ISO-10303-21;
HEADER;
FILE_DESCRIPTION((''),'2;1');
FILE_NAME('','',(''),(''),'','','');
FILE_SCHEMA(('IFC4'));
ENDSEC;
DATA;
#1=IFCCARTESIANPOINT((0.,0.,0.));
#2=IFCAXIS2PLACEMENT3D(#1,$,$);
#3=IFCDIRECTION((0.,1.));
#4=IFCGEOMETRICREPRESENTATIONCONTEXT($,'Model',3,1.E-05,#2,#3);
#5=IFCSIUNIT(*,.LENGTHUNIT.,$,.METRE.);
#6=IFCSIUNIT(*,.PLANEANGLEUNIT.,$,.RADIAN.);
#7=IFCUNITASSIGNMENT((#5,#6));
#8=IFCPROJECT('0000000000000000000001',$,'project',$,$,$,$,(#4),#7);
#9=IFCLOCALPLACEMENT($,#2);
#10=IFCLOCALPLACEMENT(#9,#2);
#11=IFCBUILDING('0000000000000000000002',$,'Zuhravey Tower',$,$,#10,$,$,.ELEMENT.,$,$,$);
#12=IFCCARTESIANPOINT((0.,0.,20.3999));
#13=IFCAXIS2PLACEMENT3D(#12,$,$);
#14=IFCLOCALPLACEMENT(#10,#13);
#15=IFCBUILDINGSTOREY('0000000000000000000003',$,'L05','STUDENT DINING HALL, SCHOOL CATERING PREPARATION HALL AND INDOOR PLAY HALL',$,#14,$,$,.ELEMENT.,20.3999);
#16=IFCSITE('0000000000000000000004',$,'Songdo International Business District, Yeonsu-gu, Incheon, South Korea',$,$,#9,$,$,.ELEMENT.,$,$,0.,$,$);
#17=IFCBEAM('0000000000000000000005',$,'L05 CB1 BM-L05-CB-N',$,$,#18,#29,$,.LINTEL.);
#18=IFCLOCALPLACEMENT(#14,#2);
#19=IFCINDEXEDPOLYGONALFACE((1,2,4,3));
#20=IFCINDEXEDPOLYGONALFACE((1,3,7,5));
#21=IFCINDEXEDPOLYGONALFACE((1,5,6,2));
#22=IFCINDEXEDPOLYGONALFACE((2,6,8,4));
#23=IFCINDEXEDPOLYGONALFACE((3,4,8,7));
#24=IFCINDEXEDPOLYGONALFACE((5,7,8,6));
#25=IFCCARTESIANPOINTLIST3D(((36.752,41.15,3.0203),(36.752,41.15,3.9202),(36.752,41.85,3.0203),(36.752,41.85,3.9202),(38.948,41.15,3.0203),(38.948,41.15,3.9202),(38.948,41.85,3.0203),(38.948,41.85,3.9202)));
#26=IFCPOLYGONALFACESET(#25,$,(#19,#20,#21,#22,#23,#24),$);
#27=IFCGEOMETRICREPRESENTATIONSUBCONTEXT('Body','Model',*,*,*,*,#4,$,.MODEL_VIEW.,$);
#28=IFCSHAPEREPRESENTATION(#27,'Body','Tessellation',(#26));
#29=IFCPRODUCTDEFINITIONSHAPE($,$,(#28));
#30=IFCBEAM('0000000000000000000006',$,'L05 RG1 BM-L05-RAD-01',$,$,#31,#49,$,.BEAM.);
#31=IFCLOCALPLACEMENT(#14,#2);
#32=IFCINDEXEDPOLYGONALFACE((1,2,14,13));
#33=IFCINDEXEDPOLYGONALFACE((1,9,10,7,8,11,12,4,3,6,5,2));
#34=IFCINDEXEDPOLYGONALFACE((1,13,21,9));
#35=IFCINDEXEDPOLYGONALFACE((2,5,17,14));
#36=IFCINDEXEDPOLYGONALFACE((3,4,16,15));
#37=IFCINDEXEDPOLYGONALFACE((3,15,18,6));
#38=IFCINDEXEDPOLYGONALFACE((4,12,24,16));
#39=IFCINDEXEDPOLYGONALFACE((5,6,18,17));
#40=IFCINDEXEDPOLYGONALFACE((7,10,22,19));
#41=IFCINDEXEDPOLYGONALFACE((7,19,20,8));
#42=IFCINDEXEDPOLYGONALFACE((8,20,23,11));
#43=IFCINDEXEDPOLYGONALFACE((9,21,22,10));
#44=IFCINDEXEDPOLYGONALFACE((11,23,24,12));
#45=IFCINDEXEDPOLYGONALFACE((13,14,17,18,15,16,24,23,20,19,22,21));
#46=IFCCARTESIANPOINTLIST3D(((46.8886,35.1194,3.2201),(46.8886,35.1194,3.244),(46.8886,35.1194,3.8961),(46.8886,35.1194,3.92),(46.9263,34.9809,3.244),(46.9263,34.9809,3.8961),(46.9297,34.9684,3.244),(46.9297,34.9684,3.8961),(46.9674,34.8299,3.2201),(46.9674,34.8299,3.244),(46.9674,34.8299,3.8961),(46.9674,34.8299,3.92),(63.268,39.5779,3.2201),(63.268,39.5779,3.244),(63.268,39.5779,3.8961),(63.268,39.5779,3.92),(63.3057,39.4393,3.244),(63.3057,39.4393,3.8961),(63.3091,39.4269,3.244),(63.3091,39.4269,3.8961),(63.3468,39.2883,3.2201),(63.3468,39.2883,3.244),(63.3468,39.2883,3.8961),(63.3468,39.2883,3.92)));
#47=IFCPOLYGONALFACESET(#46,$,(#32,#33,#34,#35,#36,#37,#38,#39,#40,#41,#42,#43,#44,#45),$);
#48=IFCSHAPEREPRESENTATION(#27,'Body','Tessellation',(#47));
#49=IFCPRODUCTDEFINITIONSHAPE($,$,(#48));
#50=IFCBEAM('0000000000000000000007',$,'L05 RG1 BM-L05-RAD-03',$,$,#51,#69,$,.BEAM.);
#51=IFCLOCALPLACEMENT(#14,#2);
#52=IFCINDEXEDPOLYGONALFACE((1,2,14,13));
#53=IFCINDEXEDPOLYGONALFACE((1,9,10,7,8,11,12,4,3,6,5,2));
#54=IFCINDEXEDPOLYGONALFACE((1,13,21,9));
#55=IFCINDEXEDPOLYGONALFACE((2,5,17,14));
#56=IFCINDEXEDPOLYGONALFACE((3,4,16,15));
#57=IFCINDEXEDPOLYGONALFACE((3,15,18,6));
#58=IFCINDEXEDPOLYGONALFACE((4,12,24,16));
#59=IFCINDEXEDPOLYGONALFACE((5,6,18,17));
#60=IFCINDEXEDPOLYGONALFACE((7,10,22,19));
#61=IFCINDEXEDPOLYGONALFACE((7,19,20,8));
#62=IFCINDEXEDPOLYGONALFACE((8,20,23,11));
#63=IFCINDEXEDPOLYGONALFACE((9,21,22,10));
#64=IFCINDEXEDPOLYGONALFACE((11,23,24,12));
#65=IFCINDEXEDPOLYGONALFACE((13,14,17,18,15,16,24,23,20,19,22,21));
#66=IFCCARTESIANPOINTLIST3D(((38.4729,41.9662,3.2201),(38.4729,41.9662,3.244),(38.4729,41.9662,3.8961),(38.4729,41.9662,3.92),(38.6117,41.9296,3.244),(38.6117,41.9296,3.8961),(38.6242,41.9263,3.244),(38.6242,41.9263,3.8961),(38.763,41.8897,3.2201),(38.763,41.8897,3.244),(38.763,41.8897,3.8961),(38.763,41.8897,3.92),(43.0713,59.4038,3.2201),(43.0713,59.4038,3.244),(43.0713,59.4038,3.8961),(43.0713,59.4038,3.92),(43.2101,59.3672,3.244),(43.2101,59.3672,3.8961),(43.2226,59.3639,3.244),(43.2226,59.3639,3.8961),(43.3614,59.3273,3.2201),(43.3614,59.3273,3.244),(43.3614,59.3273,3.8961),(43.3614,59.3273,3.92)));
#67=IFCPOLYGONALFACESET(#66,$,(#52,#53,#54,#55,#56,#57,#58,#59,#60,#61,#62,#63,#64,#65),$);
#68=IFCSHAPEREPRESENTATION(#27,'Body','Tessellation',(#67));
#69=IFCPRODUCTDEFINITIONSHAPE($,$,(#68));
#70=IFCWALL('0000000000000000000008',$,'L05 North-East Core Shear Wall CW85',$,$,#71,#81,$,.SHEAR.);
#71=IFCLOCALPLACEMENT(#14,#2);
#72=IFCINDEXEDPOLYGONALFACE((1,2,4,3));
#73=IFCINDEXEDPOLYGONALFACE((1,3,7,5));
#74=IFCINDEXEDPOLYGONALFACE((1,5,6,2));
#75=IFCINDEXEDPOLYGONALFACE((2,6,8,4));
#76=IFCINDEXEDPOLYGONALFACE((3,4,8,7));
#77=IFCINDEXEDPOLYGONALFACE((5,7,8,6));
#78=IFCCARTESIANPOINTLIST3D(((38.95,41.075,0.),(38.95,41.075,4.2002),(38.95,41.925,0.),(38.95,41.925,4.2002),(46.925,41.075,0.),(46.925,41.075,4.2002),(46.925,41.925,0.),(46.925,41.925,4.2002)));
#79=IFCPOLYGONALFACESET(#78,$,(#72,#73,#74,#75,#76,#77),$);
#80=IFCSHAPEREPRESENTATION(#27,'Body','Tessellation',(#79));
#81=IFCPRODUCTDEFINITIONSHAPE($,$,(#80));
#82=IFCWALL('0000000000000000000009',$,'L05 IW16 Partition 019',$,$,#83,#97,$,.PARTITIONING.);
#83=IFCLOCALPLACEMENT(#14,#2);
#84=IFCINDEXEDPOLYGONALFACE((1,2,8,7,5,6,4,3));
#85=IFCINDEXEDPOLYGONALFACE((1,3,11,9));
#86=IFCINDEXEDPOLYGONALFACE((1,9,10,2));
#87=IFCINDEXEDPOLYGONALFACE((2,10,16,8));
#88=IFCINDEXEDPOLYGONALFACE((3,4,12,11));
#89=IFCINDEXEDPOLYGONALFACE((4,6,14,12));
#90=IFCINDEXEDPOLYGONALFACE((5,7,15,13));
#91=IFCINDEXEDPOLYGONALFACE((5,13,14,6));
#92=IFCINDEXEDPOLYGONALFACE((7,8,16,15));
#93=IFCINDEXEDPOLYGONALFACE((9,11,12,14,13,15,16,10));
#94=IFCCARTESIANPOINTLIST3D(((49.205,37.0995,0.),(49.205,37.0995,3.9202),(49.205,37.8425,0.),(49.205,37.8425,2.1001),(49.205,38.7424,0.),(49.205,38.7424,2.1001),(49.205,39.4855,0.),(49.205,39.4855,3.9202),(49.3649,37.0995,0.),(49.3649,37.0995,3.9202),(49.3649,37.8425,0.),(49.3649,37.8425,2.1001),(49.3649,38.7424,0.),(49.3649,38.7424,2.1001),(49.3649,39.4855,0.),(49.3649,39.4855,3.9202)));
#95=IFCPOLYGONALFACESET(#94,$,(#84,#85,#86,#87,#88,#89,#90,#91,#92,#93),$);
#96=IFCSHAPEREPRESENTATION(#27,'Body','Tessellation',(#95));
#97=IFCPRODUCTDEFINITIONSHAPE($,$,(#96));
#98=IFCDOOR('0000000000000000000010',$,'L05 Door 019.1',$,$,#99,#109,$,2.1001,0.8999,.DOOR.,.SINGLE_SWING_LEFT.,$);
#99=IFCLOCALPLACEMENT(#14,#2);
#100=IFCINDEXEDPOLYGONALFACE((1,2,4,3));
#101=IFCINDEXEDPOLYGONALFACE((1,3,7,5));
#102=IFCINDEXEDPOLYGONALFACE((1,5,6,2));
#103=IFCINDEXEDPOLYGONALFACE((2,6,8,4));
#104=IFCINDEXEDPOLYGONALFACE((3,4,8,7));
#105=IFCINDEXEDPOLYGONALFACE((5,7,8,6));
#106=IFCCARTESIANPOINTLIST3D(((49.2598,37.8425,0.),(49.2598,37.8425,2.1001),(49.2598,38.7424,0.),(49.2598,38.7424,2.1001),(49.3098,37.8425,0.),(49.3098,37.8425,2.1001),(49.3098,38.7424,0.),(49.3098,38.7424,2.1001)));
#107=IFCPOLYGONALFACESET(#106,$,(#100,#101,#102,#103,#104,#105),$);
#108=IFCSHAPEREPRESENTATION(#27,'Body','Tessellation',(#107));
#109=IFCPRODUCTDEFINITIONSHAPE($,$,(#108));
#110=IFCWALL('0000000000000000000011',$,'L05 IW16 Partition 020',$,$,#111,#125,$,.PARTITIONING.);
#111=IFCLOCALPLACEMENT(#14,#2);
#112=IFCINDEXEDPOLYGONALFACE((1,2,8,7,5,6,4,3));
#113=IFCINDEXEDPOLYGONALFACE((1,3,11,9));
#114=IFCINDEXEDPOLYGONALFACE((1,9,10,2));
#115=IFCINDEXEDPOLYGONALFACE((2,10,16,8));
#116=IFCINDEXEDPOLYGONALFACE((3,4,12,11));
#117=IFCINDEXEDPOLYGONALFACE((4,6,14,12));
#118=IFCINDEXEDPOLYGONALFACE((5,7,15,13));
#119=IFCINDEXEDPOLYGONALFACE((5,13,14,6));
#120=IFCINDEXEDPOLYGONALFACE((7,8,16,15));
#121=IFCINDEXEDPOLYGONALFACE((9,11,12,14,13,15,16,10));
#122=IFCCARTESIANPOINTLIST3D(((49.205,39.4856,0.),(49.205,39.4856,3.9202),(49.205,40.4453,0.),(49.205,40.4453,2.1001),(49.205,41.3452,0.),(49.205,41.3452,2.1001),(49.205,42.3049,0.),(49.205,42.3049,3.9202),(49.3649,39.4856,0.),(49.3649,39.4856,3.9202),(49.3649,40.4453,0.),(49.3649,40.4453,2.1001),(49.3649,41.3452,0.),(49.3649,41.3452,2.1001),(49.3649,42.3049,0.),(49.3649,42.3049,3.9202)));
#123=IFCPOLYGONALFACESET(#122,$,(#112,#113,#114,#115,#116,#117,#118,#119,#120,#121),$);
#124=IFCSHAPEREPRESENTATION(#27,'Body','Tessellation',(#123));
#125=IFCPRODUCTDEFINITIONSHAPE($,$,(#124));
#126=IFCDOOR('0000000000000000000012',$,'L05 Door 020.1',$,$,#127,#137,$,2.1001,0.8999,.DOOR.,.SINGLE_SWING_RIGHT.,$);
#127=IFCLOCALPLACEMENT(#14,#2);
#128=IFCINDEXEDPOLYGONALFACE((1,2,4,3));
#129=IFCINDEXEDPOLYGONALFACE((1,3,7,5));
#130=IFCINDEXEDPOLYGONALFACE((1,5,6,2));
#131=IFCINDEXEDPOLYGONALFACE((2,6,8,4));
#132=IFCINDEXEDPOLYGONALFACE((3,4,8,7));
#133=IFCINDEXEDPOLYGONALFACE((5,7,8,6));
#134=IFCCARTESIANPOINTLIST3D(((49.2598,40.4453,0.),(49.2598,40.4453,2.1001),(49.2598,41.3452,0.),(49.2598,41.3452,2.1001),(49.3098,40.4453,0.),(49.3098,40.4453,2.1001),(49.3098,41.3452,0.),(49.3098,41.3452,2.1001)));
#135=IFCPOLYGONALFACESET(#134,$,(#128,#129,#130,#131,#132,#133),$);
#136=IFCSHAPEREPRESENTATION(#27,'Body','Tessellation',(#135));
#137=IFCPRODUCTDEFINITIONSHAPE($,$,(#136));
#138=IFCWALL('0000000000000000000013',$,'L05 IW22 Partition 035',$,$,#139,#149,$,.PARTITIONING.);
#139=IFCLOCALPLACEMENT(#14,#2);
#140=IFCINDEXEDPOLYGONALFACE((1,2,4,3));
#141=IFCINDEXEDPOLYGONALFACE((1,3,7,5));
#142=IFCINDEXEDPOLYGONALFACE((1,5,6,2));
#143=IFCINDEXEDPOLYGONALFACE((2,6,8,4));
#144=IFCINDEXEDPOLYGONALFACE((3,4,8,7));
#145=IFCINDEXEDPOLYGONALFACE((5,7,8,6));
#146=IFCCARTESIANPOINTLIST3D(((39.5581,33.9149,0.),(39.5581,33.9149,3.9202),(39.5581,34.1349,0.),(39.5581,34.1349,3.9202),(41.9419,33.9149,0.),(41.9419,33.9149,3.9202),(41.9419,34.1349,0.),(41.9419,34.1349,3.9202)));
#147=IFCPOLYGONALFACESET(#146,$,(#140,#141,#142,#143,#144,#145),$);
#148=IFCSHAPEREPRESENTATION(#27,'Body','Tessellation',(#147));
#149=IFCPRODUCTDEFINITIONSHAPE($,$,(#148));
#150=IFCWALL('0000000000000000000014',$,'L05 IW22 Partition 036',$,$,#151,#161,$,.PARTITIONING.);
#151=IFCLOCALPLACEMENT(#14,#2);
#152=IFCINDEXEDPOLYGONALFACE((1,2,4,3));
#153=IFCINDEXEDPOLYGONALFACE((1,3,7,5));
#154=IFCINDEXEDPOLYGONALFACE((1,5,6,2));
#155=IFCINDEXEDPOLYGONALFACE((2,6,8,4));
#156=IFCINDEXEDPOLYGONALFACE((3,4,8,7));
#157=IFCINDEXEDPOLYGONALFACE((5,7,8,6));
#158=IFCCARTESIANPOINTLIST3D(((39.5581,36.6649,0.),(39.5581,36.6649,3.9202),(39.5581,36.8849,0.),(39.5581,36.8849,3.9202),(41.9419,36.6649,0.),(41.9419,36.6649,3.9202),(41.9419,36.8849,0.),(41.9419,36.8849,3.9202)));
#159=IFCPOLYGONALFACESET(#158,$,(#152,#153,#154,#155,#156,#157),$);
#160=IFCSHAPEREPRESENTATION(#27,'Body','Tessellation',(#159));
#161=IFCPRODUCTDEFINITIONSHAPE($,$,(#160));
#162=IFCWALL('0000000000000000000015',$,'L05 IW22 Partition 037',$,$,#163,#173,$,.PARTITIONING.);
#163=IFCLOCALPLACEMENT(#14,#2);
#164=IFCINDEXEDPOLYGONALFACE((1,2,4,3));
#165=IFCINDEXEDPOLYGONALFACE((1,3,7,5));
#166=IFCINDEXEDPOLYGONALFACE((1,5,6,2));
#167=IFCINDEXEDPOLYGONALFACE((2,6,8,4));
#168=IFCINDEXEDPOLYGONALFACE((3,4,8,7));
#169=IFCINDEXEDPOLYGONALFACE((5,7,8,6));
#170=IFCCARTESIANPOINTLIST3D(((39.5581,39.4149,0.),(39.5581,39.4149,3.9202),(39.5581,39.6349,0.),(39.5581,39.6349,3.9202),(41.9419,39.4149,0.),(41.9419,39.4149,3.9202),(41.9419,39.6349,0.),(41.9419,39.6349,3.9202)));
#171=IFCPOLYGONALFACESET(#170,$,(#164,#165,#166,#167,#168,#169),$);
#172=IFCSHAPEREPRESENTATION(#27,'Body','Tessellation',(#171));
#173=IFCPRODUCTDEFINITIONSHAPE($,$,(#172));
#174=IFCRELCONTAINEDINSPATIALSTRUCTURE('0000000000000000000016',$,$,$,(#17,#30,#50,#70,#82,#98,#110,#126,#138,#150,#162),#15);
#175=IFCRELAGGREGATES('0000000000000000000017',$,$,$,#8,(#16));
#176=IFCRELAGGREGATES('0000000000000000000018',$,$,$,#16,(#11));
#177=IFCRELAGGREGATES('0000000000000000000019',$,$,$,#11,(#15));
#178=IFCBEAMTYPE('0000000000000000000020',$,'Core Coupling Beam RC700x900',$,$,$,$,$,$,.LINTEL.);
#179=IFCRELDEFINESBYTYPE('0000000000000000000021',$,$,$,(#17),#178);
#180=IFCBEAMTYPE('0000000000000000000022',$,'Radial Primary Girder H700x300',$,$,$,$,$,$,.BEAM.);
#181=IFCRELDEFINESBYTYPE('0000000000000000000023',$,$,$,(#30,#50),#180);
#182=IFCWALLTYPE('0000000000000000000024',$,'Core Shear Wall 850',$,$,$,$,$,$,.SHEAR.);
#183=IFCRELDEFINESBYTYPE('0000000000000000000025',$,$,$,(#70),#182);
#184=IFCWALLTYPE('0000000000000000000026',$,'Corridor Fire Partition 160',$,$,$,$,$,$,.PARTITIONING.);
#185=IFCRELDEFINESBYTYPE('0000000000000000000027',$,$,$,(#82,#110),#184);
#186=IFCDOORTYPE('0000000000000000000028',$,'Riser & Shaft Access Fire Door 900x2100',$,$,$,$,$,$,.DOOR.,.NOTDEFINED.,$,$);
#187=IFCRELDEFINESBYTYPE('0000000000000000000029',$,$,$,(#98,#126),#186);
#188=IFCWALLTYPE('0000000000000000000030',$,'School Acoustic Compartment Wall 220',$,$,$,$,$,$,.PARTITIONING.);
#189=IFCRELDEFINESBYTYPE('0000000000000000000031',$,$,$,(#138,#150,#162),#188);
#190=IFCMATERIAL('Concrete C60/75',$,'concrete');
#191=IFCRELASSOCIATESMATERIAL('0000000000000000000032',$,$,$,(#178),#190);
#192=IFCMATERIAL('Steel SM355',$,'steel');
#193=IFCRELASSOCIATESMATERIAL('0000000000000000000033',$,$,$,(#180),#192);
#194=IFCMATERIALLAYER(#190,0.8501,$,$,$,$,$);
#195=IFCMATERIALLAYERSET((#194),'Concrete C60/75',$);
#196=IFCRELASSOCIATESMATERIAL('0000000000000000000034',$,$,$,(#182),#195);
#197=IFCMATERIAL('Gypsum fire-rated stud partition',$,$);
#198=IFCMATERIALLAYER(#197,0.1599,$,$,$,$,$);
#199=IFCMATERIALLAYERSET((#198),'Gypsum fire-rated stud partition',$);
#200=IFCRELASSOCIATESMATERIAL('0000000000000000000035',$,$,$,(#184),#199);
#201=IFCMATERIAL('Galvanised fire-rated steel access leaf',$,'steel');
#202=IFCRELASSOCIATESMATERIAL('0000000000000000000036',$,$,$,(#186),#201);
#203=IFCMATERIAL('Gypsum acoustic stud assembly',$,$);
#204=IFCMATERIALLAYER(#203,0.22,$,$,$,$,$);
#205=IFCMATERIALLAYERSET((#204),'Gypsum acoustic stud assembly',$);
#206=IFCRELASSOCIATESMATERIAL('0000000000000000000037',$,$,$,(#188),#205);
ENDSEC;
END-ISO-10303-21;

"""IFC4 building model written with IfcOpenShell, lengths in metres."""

from ifc_helpers import new_model, si_unit, direction, frame, frame_2d, origin, origin_2d, place, context, subcontext, project, spatial, rectangle, i_section, extrude, material, layer, layer_set, material_profile, profile_set, type_object, element, fill, save


model = new_model("IFC4")

# Units and contexts
model_context = context("Model", 3, precision=1e-05, world=origin(), true_north=direction((0.0, 1.0)))
body_context = subcontext(model_context, "Body", "Model", "MODEL_VIEW")
ifc_project = project(units=[si_unit("LENGTHUNIT", "METRE"), si_unit("PLANEANGLEUNIT", "RADIAN")], contexts=[model_context])

# Site, building, storey
site_placement = place(None, origin())
site = spatial("IfcSite", under=ifc_project, at=site_placement, Name="Songdo International Business District, Yeonsu-gu, Incheon, South Korea", CompositionType="ELEMENT", RefElevation=0.0)
building_placement = place(site_placement, origin())
building = spatial("IfcBuilding", under=site, at=building_placement, Name="Zuhravey Tower", CompositionType="ELEMENT")
storey_placement = place(building_placement, frame((0.0, 0.0, 20.3999)))
storey = spatial("IfcBuildingStorey", under=building, at=storey_placement, Name="L05", Description="STUDENT DINING HALL, SCHOOL CATERING PREPARATION HALL AND INDOOR PLAY HALL", CompositionType="ELEMENT", Elevation=20.3999)

# Beams
ifc_material_1 = material(Name="Concrete C60/75", Category="concrete")
ifc_material_profile_1 = material_profile(ifc_material_1, rectangle(XDim=0.7, YDim=0.8999, at=origin_2d()), Name="RC-700x900")
ifc_profile_set_1 = profile_set([ifc_material_profile_1], Name="Concrete C60/75")
beam_type_1 = type_object("IfcBeamType", Name="Core Coupling Beam RC700x900", PredefinedType="LINTEL", material=ifc_profile_set_1)
beam_1_placement = place(storey_placement, frame((36.752, 41.5, 3.4702), z_axis=(1.0, 0.0, 0.0), x_axis=(0.0, 1.0, 0.0)))
element("IfcBeam", 1, at=beam_1_placement, inside=storey, type_object=beam_type_1, Name="L05 CB1 BM-L05-CB-N", PredefinedType="LINTEL", context=body_context, shape_type="SweptSolid", body=[
    extrude(rectangle(XDim=0.7, YDim=0.8999, at=origin_2d()), origin(), (0.0, 0.0, 1.0), 2.196),
])
ifc_material_2 = material(Name="Steel SM355", Category="steel")
ifc_material_profile_2 = material_profile(ifc_material_2, i_section(OverallWidth=0.3, OverallDepth=0.7, WebThickness=0.0129, FlangeThickness=0.0239, at=origin_2d()), Name="H-700x300x13x24")
ifc_profile_set_2 = profile_set([ifc_material_profile_2], Name="Steel SM355")
beam_type_2 = type_object("IfcBeamType", Name="Radial Primary Girder H700x300", PredefinedType="BEAM", material=ifc_profile_set_2)
beam_2_placement = place(storey_placement, frame((46.928, 34.9746, 3.5701), z_axis=(0.964892, 0.262645, 0.0), x_axis=(-0.262645, 0.964892, 0.0)))
element("IfcBeam", 2, at=beam_2_placement, inside=storey, type_object=beam_type_2, Name="L05 RG1 BM-L05-RAD-01", PredefinedType="BEAM", context=body_context, shape_type="SweptSolid", body=[
    extrude(i_section(OverallWidth=0.3, OverallDepth=0.7, WebThickness=0.0129, FlangeThickness=0.0239, at=origin_2d()), origin(), (0.0, 0.0, 1.0), 16.9753),
])
beam_3_placement = place(storey_placement, frame((38.6179, 41.928, 3.5701), z_axis=(0.25499, 0.966944, 0.0), x_axis=(-0.966944, 0.25499, 0.0)))
element("IfcBeam", 3, at=beam_3_placement, inside=storey, type_object=beam_type_2, Name="L05 RG1 BM-L05-RAD-03", PredefinedType="BEAM", context=body_context, shape_type="SweptSolid", body=[
    extrude(i_section(OverallWidth=0.3, OverallDepth=0.7, WebThickness=0.0129, FlangeThickness=0.0239, at=origin_2d()), origin(), (0.0, 0.0, 1.0), 18.0337),
])

# Wall
ifc_layer_1 = layer(ifc_material_1, 0.8501)
ifc_layer_set_1 = layer_set([ifc_layer_1], Name="Concrete C60/75")
wall_type_1 = type_object("IfcWallType", Name="Core Shear Wall 850", PredefinedType="SHEAR", material=ifc_layer_set_1)
wall_1_placement = place(storey_placement, frame((46.925, 41.5, 0.0), z_axis=(0.0, 0.0, 1.0), x_axis=(-1.0, 0.0, 0.0)))
element("IfcWall", 4, at=wall_1_placement, inside=storey, type_object=wall_type_1, Name="L05 North-East Core Shear Wall CW85", PredefinedType="SHEAR", context=body_context, shape_type="SweptSolid", body=[
    extrude(rectangle(XDim=7.9751, YDim=0.8501, at=frame_2d((3.9875, 0.0))), origin(), (0.0, 0.0, 1.0), 4.2002),
])

# Walls, openings, doors
ifc_material_3 = material(Name="Gypsum fire-rated stud partition")
ifc_layer_2 = layer(ifc_material_3, 0.1599)
ifc_layer_set_2 = layer_set([ifc_layer_2], Name="Gypsum fire-rated stud partition")
wall_type_2 = type_object("IfcWallType", Name="Corridor Fire Partition 160", PredefinedType="PARTITIONING", material=ifc_layer_set_2)
wall_2_placement = place(storey_placement, frame((49.2849, 37.0996, 0.0), z_axis=(0.0, 0.0, 1.0), x_axis=(0.0, 1.0, 0.0)))
wall_2 = element("IfcWall", 5, at=wall_2_placement, inside=storey, type_object=wall_type_2, Name="L05 IW16 Partition 019", PredefinedType="PARTITIONING", context=body_context, shape_type="SweptSolid", body=[
    extrude(rectangle(XDim=2.386, YDim=0.1599, at=frame_2d((1.1929, 0.0))), origin(), (0.0, 0.0, 1.0), 3.9202),
])
opening_1_placement = place(wall_2_placement, frame((0.7429, 0.0, 0.0)))
opening_1 = element("IfcOpeningElement", 6, at=opening_1_placement, cuts=wall_2, PredefinedType="OPENING", context=body_context, shape_type="SweptSolid", body=[
    extrude(rectangle(XDim=0.8999, YDim=2.1001, at=frame_2d((0.45, 1.05))), frame((0.0, 0.092, 0.0), z_axis=(0.0, -1.0, 0.0), x_axis=(1.0, 0.0, 0.0)), (0.0, 0.0, 1.0), 0.1838),
])
ifc_material_4 = material(Name="Galvanised fire-rated steel access leaf", Category="steel")
door_type_1 = type_object("IfcDoorType", Name="Riser & Shaft Access Fire Door 900x2100", OperationType="NOTDEFINED", PredefinedType="DOOR", material=ifc_material_4)
door_1_placement = place(opening_1_placement, frame((0.8999, 0.0, 0.0), z_axis=(0.0, 0.0, 1.0), x_axis=(-1.0, 0.0, 0.0)))
door_1 = element("IfcDoor", 7, at=door_1_placement, inside=storey, type_object=door_type_1, Name="L05 Door 019.1", OperationType="SINGLE_SWING_LEFT", OverallHeight=2.1001, OverallWidth=0.8999, PredefinedType="DOOR", context=body_context, shape_type="SweptSolid", body=[
    extrude(rectangle(XDim=0.8999, YDim=2.1001, at=frame_2d((0.45, 1.05))), frame((0.0, 0.0249, 0.0), z_axis=(0.0, -1.0, 0.0), x_axis=(1.0, 0.0, 0.0)), (0.0, 0.0, 1.0), 0.05),
])
fill(opening_1, door_1)
wall_3_placement = place(storey_placement, frame((49.2849, 39.4856, 0.0), z_axis=(0.0, 0.0, 1.0), x_axis=(0.0, 1.0, 0.0)))
wall_3 = element("IfcWall", 8, at=wall_3_placement, inside=storey, type_object=wall_type_2, Name="L05 IW16 Partition 020", PredefinedType="PARTITIONING", context=body_context, shape_type="SweptSolid", body=[
    extrude(rectangle(XDim=2.8193, YDim=0.1599, at=frame_2d((1.4097, 0.0))), origin(), (0.0, 0.0, 1.0), 3.9202),
])
opening_2_placement = place(wall_3_placement, frame((0.9597, 0.0, 0.0)))
opening_2 = element("IfcOpeningElement", 9, at=opening_2_placement, cuts=wall_3, PredefinedType="OPENING", context=body_context, shape_type="SweptSolid", body=[
    extrude(rectangle(XDim=0.8999, YDim=2.1001, at=frame_2d((0.45, 1.05))), frame((0.0, 0.092, 0.0), z_axis=(0.0, -1.0, 0.0), x_axis=(1.0, 0.0, 0.0)), (0.0, 0.0, 1.0), 0.1838),
])
door_2_placement = place(opening_2_placement, frame((0.8999, 0.0, 0.0), z_axis=(0.0, 0.0, 1.0), x_axis=(-1.0, 0.0, 0.0)))
door_2 = element("IfcDoor", 10, at=door_2_placement, inside=storey, type_object=door_type_1, Name="L05 Door 020.1", OperationType="SINGLE_SWING_RIGHT", OverallHeight=2.1001, OverallWidth=0.8999, PredefinedType="DOOR", context=body_context, shape_type="SweptSolid", body=[
    extrude(rectangle(XDim=0.8999, YDim=2.1001, at=frame_2d((0.45, 1.05))), frame((0.0, 0.0249, 0.0), z_axis=(0.0, -1.0, 0.0), x_axis=(1.0, 0.0, 0.0)), (0.0, 0.0, 1.0), 0.05),
])
fill(opening_2, door_2)

# Walls
ifc_material_5 = material(Name="Gypsum acoustic stud assembly")
ifc_layer_3 = layer(ifc_material_5, 0.22)
ifc_layer_set_3 = layer_set([ifc_layer_3], Name="Gypsum acoustic stud assembly")
wall_type_3 = type_object("IfcWallType", Name="School Acoustic Compartment Wall 220", PredefinedType="PARTITIONING", material=ifc_layer_set_3)
for number, where, z_axis, x_axis, name in (
    (11, (39.5581, 34.0249, 0.0), (0.0, 0.0, 1.0), (1.0, 0.0, 0.0), "L05 IW22 Partition 035"),
    (12, (39.5581, 36.7749, 0.0), (0.0, 0.0, 1.0), (1.0, 0.0, 0.0), "L05 IW22 Partition 036"),
    (13, (39.5581, 39.5249, 0.0), (0.0, 0.0, 1.0), (1.0, 0.0, 0.0), "L05 IW22 Partition 037"),
):
    element("IfcWall", number, at=place(storey_placement, frame(where, z_axis=z_axis, x_axis=x_axis)), inside=storey, type_object=wall_type_3, Name=name, PredefinedType="PARTITIONING", context=body_context, shape_type="SweptSolid", body=[
        extrude(rectangle(XDim=2.3838, YDim=0.22, at=frame_2d((1.1919, 0.0))), origin(), (0.0, 0.0, 1.0), 3.9202),
    ])

save(model, "model.ifc")
